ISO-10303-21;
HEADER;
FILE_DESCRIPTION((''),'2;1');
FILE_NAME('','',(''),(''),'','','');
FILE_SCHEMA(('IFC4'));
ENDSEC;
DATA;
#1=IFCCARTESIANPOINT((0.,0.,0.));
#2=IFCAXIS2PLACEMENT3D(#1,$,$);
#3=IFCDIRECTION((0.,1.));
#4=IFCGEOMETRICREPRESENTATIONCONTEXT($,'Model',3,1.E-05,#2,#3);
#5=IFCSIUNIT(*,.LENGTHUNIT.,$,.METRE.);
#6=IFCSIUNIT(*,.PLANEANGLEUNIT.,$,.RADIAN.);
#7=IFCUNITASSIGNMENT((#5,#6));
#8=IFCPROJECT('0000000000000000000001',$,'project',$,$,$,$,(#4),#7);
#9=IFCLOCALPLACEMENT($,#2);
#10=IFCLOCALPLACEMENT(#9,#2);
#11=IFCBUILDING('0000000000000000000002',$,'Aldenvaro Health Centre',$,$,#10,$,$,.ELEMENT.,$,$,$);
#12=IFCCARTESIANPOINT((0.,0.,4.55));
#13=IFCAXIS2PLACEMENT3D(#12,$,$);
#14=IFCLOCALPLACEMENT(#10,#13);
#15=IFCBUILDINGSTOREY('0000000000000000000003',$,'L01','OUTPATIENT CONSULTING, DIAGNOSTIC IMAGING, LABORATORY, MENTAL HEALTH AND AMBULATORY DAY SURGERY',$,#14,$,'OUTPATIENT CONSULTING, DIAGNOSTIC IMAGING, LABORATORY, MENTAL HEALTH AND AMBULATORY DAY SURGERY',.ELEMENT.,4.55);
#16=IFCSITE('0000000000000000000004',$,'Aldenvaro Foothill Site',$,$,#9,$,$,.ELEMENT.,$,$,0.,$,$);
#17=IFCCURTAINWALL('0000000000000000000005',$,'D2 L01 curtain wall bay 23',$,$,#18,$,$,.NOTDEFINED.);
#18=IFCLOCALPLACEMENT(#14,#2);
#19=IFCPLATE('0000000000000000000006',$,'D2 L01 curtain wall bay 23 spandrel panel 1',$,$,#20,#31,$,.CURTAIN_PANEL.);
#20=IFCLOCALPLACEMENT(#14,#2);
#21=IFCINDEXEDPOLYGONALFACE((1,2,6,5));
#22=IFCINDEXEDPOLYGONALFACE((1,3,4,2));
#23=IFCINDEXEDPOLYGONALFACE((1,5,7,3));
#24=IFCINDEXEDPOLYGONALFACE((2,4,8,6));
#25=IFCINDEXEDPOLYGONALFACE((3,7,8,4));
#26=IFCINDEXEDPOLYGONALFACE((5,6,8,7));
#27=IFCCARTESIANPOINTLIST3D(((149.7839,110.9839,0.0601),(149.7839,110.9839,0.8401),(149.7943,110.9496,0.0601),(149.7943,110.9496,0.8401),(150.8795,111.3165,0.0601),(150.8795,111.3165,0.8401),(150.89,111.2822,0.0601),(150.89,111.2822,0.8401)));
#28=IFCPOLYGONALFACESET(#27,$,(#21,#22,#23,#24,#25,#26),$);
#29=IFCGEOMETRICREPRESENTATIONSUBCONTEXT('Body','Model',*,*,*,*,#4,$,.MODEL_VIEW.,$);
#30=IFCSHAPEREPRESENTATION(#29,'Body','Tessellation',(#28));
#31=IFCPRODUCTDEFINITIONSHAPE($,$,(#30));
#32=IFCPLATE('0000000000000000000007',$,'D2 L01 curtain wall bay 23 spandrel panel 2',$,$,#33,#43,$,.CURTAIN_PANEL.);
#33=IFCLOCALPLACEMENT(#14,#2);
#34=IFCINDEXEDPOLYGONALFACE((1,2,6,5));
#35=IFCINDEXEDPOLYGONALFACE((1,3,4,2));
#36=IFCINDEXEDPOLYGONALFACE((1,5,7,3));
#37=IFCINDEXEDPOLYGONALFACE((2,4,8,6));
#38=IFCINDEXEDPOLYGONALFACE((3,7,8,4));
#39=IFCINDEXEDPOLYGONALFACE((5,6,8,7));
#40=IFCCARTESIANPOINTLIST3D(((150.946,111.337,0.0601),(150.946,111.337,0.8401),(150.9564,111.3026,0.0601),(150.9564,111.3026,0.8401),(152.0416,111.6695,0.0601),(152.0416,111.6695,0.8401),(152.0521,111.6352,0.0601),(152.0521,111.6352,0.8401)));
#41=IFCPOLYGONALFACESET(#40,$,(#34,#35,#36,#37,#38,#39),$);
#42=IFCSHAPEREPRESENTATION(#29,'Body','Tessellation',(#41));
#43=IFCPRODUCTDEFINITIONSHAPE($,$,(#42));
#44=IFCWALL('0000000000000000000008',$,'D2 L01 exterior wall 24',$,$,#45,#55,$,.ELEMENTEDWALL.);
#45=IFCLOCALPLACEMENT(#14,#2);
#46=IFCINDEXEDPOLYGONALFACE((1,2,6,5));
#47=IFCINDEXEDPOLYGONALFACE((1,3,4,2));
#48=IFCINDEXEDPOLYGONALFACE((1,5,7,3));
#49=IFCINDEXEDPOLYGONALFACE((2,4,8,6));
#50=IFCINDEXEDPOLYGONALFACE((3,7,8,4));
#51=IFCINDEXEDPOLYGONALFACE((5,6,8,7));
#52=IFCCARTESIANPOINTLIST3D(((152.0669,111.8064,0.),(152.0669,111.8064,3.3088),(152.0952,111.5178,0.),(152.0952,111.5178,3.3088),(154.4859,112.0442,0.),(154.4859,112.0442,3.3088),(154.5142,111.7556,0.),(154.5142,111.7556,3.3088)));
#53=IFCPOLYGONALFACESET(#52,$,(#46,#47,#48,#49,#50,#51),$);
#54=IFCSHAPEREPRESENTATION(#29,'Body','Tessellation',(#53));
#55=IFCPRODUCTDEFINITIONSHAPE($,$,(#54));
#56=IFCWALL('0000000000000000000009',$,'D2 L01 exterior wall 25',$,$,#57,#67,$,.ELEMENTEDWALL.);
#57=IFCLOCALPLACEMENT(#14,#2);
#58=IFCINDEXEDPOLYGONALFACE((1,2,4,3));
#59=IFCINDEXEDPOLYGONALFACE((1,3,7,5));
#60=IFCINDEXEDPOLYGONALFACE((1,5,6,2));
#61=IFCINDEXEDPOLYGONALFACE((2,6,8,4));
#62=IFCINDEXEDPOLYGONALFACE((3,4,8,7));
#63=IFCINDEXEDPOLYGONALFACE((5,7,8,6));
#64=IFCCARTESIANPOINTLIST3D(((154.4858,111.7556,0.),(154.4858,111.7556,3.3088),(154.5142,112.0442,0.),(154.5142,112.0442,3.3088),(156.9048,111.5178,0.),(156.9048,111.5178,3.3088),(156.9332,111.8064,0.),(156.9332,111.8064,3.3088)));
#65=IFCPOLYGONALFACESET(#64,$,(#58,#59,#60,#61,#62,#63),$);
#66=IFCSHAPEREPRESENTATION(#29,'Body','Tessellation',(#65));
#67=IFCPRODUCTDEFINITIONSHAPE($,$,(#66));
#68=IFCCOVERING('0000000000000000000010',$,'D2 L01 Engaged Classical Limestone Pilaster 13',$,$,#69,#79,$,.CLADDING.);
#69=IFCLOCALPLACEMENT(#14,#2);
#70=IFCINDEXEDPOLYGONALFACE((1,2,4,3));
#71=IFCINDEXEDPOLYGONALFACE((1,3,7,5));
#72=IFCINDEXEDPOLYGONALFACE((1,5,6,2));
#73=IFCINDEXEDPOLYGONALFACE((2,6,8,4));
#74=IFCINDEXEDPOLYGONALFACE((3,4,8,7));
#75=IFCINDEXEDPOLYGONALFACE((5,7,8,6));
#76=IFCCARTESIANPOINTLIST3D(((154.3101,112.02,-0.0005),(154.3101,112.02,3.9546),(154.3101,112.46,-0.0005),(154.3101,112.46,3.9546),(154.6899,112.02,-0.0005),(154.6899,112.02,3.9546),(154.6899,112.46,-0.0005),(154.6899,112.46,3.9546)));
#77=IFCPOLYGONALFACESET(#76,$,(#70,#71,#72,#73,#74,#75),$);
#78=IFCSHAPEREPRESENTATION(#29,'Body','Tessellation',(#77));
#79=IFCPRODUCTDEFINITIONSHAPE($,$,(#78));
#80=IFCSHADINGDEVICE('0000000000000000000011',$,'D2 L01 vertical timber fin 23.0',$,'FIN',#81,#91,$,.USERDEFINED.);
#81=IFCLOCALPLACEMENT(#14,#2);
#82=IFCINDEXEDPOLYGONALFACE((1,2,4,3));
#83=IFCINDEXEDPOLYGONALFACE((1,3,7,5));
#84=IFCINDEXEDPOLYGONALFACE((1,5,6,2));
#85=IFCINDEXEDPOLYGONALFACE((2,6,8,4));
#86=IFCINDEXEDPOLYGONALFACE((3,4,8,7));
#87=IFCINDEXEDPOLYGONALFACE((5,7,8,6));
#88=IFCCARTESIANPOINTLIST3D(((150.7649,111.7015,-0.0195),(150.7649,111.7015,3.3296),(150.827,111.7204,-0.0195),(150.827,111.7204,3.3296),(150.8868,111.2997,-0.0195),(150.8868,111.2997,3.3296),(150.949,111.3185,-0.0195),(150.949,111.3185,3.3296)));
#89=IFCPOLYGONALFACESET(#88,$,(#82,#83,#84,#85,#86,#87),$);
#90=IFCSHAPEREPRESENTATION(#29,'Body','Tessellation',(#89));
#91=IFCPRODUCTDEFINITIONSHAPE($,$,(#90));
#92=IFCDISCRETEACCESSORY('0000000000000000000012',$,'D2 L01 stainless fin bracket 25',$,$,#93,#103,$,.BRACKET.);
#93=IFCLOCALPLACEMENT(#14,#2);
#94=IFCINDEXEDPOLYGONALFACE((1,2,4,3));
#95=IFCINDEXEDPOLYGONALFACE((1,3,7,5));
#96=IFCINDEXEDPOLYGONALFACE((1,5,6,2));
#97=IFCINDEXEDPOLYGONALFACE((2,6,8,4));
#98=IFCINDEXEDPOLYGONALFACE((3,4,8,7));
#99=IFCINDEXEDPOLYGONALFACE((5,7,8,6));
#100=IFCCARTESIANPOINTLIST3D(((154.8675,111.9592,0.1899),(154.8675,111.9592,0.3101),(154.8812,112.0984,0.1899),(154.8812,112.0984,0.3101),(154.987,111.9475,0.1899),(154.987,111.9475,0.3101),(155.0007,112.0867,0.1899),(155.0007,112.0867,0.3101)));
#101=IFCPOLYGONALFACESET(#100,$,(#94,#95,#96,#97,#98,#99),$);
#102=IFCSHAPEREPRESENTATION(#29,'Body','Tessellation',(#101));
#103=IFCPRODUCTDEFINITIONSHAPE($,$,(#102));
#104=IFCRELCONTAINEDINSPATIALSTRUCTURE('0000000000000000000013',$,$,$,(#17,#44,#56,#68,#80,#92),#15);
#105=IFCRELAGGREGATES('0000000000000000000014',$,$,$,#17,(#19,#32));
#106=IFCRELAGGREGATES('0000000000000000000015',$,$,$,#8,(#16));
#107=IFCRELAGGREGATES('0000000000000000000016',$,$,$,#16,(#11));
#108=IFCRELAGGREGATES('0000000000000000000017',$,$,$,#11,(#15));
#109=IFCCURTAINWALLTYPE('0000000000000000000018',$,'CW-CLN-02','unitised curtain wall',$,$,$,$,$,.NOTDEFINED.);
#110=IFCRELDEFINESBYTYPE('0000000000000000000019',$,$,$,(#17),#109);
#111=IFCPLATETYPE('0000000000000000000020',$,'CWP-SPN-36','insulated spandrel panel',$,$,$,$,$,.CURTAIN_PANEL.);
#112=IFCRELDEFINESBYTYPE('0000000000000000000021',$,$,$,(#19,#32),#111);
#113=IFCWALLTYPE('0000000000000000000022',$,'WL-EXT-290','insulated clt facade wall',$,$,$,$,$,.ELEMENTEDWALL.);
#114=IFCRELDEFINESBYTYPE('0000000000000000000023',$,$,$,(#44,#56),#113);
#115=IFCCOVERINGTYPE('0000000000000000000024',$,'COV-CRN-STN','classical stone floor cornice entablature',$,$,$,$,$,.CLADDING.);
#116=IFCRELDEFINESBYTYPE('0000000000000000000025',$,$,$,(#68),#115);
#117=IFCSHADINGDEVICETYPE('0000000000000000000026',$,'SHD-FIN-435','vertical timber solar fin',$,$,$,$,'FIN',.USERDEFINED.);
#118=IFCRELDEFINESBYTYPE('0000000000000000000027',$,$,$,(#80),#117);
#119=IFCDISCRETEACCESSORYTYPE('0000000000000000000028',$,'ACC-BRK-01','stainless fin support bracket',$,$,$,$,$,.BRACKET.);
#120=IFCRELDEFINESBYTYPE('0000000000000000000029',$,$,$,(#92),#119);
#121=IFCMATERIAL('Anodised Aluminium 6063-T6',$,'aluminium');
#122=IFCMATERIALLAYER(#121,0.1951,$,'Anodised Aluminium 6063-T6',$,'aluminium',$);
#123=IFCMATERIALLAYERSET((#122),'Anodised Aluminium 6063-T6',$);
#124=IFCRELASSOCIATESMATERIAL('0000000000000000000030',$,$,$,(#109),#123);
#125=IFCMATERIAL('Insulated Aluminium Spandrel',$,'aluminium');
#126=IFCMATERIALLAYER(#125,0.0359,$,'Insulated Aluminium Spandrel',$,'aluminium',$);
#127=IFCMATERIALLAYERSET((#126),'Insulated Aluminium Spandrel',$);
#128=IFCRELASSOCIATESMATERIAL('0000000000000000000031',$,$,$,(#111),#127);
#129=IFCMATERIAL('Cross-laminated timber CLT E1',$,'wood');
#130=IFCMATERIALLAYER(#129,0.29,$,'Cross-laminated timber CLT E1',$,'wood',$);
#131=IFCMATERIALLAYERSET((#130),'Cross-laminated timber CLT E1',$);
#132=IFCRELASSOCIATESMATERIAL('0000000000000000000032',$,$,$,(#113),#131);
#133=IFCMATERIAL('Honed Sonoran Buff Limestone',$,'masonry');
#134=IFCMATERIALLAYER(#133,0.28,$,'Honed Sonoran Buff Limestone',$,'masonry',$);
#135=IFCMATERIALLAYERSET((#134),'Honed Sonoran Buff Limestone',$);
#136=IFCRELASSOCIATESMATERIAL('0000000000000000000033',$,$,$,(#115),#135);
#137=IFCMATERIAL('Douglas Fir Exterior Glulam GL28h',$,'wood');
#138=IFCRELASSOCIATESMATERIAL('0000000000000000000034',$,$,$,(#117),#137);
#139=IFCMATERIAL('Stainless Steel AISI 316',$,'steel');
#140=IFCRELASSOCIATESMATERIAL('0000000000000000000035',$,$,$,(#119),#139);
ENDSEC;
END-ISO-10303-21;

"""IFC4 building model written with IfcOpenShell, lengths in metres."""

from ifc_helpers import new_model, si_unit, direction, frame, frame_2d, origin, origin_2d, place, context, subcontext, project, spatial, rectangle, extrude, material, layer, layer_set, type_object, element, aggregate, save


model = new_model("IFC4")

# Units and contexts
model_context = context("Model", 3, precision=1e-05, world=origin(), true_north=direction((0.0, 1.0)))
body_context = subcontext(model_context, "Body", "Model", "MODEL_VIEW")
ifc_project = project(units=[si_unit("LENGTHUNIT", "METRE"), si_unit("PLANEANGLEUNIT", "RADIAN")], contexts=[model_context])

# Site, building, storey
site_placement = place(None, origin())
site = spatial("IfcSite", under=ifc_project, at=site_placement, Name="Aldenvaro Foothill Site", CompositionType="ELEMENT", RefElevation=0.0)
building_placement = place(site_placement, origin())
building = spatial("IfcBuilding", under=site, at=building_placement, Name="Aldenvaro Health Centre", CompositionType="ELEMENT")
storey_placement = place(building_placement, frame((0.0, 0.0, 4.55)))
storey = spatial("IfcBuildingStorey", under=building, at=storey_placement, Name="L01", Description="OUTPATIENT CONSULTING, DIAGNOSTIC IMAGING, LABORATORY, MENTAL HEALTH AND AMBULATORY DAY SURGERY", LongName="OUTPATIENT CONSULTING, DIAGNOSTIC IMAGING, LABORATORY, MENTAL HEALTH AND AMBULATORY DAY SURGERY", CompositionType="ELEMENT", Elevation=4.55)

# Curtain wall
ifc_material_1 = material(Name="Anodised Aluminium 6063-T6", Category="aluminium")
ifc_layer_1 = layer(ifc_material_1, 0.1951, Name="Anodised Aluminium 6063-T6", Category="aluminium")
ifc_layer_set_1 = layer_set([ifc_layer_1], Name="Anodised Aluminium 6063-T6")
curtain_wall_type = type_object("IfcCurtainWallType", Name="CW-CLN-02", Description="unitised curtain wall", PredefinedType="NOTDEFINED", material=ifc_layer_set_1)
curtain_wall_placement = place(storey_placement, origin())
curtain_wall = element("IfcCurtainWall", 1, at=curtain_wall_placement, inside=storey, type_object=curtain_wall_type, Name="D2 L01 curtain wall bay 23", PredefinedType="NOTDEFINED")

# Plates
ifc_material_2 = material(Name="Insulated Aluminium Spandrel", Category="aluminium")
ifc_layer_2 = layer(ifc_material_2, 0.0359, Name="Insulated Aluminium Spandrel", Category="aluminium")
ifc_layer_set_2 = layer_set([ifc_layer_2], Name="Insulated Aluminium Spandrel")
plate_type_1 = type_object("IfcPlateType", Name="CWP-SPN-36", Description="insulated spandrel panel", PredefinedType="CURTAIN_PANEL", material=ifc_layer_set_2)
plate_1_placement = place(storey_placement, frame((150.3369, 111.1331, 0.0601), z_axis=(0.0, 0.0, 1.0), x_axis=(0.956893, 0.290441, 0.0)))
plate_1 = element("IfcPlate", 2, at=plate_1_placement, type_object=plate_type_1, Name="D2 L01 curtain wall bay 23 spandrel panel 1", PredefinedType="CURTAIN_PANEL", context=body_context, shape_type="SweptSolid", body=[
    extrude(rectangle(XDim=1.145, YDim=0.0359, at=origin_2d()), origin(), (0.0, 0.0, 1.0), 0.78),
])
plate_2_placement = place(storey_placement, frame((151.499, 111.4861, 0.0601), z_axis=(0.0, 0.0, 1.0), x_axis=(0.956893, 0.290441, 0.0)))
plate_2 = element("IfcPlate", 3, at=plate_2_placement, type_object=plate_type_1, Name="D2 L01 curtain wall bay 23 spandrel panel 2", PredefinedType="CURTAIN_PANEL", context=body_context, shape_type="SweptSolid", body=[
    extrude(rectangle(XDim=1.145, YDim=0.0359, at=origin_2d()), origin(), (0.0, 0.0, 1.0), 0.78),
])
aggregate(curtain_wall, [plate_1, plate_2])

# Walls
ifc_material_3 = material(Name="Cross-laminated timber CLT E1", Category="wood")
ifc_layer_3 = layer(ifc_material_3, 0.29, Name="Cross-laminated timber CLT E1", Category="wood")
ifc_layer_set_3 = layer_set([ifc_layer_3], Name="Cross-laminated timber CLT E1")
wall_type = type_object("IfcWallType", Name="WL-EXT-290", Description="insulated clt facade wall", PredefinedType="ELEMENTEDWALL", material=ifc_layer_set_3)
for number, where, z_axis, x_axis, name in (
    (4, (152.0811, 111.6621, 0.0), (0.0, 0.0, 1.0), (0.995203, 0.097833, 0.0), "D2 L01 exterior wall 24"),
    (5, (154.5, 111.8999, 0.0), (0.0, 0.0, 1.0), (0.995203, -0.097833, 0.0), "D2 L01 exterior wall 25"),
):
    element("IfcWall", number, at=place(storey_placement, frame(where, z_axis=z_axis, x_axis=x_axis)), inside=storey, type_object=wall_type, Name=name, PredefinedType="ELEMENTEDWALL", context=body_context, shape_type="SweptSolid", body=[
        extrude(rectangle(XDim=2.4307, YDim=0.29, at=frame_2d((1.2153, 0.0))), origin(), (0.0, 0.0, 1.0), 3.3088),
    ])

# Covering
ifc_material_4 = material(Name="Honed Sonoran Buff Limestone", Category="masonry")
ifc_layer_4 = layer(ifc_material_4, 0.28, Name="Honed Sonoran Buff Limestone", Category="masonry")
ifc_layer_set_4 = layer_set([ifc_layer_4], Name="Honed Sonoran Buff Limestone")
covering_type = type_object("IfcCoveringType", Name="COV-CRN-STN", Description="classical stone floor cornice entablature", PredefinedType="CLADDING", material=ifc_layer_set_4)
covering_placement = place(storey_placement, frame((154.5, 112.24, -0.0005), z_axis=(0.0, 0.0, 1.0), x_axis=(0.0, 1.0, 0.0)))
element("IfcCovering", 6, at=covering_placement, inside=storey, type_object=covering_type, Name="D2 L01 Engaged Classical Limestone Pilaster 13", PredefinedType="CLADDING", context=body_context, shape_type="SweptSolid", body=[
    extrude(rectangle(XDim=0.4399, YDim=0.3799, at=origin_2d()), origin(), (0.0, 0.0, 1.0), 3.9551),
])

# Shading device
ifc_material_5 = material(Name="Douglas Fir Exterior Glulam GL28h", Category="wood")
shading_device_type = type_object("IfcShadingDeviceType", Name="SHD-FIN-435", Description="vertical timber solar fin", ElementType="FIN", PredefinedType="USERDEFINED", material=ifc_material_5)
shading_device_placement = place(storey_placement, frame((150.8569, 111.51, -0.0195), z_axis=(0.0, 0.0, 1.0), x_axis=(0.956893, 0.290441, 0.0)))
element("IfcShadingDevice", 7, at=shading_device_placement, inside=storey, type_object=shading_device_type, Name="D2 L01 vertical timber fin 23.0", ObjectType="FIN", PredefinedType="USERDEFINED", context=body_context, shape_type="SweptSolid", body=[
    extrude(rectangle(XDim=0.0649, YDim=0.4199, at=origin_2d()), origin(), (0.0, 0.0, 1.0), 3.3491),
])

# Discrete accessory
ifc_material_6 = material(Name="Stainless Steel AISI 316", Category="steel")
discrete_accessory_type = type_object("IfcDiscreteAccessoryType", Name="ACC-BRK-01", Description="stainless fin support bracket", PredefinedType="BRACKET", material=ifc_material_6)
discrete_accessory_placement = place(storey_placement, frame((154.9341, 112.0229, 0.1899), z_axis=(0.0, 0.0, 1.0), x_axis=(0.995195, -0.097915, 0.0)))
element("IfcDiscreteAccessory", 8, at=discrete_accessory_placement, inside=storey, type_object=discrete_accessory_type, Name="D2 L01 stainless fin bracket 25", PredefinedType="BRACKET", context=body_context, shape_type="SweptSolid", body=[
    extrude(rectangle(XDim=0.1201, YDim=0.1399, at=origin_2d()), origin(), (0.0, 0.0, 1.0), 0.1201),
])

save(model, "model.ifc")
